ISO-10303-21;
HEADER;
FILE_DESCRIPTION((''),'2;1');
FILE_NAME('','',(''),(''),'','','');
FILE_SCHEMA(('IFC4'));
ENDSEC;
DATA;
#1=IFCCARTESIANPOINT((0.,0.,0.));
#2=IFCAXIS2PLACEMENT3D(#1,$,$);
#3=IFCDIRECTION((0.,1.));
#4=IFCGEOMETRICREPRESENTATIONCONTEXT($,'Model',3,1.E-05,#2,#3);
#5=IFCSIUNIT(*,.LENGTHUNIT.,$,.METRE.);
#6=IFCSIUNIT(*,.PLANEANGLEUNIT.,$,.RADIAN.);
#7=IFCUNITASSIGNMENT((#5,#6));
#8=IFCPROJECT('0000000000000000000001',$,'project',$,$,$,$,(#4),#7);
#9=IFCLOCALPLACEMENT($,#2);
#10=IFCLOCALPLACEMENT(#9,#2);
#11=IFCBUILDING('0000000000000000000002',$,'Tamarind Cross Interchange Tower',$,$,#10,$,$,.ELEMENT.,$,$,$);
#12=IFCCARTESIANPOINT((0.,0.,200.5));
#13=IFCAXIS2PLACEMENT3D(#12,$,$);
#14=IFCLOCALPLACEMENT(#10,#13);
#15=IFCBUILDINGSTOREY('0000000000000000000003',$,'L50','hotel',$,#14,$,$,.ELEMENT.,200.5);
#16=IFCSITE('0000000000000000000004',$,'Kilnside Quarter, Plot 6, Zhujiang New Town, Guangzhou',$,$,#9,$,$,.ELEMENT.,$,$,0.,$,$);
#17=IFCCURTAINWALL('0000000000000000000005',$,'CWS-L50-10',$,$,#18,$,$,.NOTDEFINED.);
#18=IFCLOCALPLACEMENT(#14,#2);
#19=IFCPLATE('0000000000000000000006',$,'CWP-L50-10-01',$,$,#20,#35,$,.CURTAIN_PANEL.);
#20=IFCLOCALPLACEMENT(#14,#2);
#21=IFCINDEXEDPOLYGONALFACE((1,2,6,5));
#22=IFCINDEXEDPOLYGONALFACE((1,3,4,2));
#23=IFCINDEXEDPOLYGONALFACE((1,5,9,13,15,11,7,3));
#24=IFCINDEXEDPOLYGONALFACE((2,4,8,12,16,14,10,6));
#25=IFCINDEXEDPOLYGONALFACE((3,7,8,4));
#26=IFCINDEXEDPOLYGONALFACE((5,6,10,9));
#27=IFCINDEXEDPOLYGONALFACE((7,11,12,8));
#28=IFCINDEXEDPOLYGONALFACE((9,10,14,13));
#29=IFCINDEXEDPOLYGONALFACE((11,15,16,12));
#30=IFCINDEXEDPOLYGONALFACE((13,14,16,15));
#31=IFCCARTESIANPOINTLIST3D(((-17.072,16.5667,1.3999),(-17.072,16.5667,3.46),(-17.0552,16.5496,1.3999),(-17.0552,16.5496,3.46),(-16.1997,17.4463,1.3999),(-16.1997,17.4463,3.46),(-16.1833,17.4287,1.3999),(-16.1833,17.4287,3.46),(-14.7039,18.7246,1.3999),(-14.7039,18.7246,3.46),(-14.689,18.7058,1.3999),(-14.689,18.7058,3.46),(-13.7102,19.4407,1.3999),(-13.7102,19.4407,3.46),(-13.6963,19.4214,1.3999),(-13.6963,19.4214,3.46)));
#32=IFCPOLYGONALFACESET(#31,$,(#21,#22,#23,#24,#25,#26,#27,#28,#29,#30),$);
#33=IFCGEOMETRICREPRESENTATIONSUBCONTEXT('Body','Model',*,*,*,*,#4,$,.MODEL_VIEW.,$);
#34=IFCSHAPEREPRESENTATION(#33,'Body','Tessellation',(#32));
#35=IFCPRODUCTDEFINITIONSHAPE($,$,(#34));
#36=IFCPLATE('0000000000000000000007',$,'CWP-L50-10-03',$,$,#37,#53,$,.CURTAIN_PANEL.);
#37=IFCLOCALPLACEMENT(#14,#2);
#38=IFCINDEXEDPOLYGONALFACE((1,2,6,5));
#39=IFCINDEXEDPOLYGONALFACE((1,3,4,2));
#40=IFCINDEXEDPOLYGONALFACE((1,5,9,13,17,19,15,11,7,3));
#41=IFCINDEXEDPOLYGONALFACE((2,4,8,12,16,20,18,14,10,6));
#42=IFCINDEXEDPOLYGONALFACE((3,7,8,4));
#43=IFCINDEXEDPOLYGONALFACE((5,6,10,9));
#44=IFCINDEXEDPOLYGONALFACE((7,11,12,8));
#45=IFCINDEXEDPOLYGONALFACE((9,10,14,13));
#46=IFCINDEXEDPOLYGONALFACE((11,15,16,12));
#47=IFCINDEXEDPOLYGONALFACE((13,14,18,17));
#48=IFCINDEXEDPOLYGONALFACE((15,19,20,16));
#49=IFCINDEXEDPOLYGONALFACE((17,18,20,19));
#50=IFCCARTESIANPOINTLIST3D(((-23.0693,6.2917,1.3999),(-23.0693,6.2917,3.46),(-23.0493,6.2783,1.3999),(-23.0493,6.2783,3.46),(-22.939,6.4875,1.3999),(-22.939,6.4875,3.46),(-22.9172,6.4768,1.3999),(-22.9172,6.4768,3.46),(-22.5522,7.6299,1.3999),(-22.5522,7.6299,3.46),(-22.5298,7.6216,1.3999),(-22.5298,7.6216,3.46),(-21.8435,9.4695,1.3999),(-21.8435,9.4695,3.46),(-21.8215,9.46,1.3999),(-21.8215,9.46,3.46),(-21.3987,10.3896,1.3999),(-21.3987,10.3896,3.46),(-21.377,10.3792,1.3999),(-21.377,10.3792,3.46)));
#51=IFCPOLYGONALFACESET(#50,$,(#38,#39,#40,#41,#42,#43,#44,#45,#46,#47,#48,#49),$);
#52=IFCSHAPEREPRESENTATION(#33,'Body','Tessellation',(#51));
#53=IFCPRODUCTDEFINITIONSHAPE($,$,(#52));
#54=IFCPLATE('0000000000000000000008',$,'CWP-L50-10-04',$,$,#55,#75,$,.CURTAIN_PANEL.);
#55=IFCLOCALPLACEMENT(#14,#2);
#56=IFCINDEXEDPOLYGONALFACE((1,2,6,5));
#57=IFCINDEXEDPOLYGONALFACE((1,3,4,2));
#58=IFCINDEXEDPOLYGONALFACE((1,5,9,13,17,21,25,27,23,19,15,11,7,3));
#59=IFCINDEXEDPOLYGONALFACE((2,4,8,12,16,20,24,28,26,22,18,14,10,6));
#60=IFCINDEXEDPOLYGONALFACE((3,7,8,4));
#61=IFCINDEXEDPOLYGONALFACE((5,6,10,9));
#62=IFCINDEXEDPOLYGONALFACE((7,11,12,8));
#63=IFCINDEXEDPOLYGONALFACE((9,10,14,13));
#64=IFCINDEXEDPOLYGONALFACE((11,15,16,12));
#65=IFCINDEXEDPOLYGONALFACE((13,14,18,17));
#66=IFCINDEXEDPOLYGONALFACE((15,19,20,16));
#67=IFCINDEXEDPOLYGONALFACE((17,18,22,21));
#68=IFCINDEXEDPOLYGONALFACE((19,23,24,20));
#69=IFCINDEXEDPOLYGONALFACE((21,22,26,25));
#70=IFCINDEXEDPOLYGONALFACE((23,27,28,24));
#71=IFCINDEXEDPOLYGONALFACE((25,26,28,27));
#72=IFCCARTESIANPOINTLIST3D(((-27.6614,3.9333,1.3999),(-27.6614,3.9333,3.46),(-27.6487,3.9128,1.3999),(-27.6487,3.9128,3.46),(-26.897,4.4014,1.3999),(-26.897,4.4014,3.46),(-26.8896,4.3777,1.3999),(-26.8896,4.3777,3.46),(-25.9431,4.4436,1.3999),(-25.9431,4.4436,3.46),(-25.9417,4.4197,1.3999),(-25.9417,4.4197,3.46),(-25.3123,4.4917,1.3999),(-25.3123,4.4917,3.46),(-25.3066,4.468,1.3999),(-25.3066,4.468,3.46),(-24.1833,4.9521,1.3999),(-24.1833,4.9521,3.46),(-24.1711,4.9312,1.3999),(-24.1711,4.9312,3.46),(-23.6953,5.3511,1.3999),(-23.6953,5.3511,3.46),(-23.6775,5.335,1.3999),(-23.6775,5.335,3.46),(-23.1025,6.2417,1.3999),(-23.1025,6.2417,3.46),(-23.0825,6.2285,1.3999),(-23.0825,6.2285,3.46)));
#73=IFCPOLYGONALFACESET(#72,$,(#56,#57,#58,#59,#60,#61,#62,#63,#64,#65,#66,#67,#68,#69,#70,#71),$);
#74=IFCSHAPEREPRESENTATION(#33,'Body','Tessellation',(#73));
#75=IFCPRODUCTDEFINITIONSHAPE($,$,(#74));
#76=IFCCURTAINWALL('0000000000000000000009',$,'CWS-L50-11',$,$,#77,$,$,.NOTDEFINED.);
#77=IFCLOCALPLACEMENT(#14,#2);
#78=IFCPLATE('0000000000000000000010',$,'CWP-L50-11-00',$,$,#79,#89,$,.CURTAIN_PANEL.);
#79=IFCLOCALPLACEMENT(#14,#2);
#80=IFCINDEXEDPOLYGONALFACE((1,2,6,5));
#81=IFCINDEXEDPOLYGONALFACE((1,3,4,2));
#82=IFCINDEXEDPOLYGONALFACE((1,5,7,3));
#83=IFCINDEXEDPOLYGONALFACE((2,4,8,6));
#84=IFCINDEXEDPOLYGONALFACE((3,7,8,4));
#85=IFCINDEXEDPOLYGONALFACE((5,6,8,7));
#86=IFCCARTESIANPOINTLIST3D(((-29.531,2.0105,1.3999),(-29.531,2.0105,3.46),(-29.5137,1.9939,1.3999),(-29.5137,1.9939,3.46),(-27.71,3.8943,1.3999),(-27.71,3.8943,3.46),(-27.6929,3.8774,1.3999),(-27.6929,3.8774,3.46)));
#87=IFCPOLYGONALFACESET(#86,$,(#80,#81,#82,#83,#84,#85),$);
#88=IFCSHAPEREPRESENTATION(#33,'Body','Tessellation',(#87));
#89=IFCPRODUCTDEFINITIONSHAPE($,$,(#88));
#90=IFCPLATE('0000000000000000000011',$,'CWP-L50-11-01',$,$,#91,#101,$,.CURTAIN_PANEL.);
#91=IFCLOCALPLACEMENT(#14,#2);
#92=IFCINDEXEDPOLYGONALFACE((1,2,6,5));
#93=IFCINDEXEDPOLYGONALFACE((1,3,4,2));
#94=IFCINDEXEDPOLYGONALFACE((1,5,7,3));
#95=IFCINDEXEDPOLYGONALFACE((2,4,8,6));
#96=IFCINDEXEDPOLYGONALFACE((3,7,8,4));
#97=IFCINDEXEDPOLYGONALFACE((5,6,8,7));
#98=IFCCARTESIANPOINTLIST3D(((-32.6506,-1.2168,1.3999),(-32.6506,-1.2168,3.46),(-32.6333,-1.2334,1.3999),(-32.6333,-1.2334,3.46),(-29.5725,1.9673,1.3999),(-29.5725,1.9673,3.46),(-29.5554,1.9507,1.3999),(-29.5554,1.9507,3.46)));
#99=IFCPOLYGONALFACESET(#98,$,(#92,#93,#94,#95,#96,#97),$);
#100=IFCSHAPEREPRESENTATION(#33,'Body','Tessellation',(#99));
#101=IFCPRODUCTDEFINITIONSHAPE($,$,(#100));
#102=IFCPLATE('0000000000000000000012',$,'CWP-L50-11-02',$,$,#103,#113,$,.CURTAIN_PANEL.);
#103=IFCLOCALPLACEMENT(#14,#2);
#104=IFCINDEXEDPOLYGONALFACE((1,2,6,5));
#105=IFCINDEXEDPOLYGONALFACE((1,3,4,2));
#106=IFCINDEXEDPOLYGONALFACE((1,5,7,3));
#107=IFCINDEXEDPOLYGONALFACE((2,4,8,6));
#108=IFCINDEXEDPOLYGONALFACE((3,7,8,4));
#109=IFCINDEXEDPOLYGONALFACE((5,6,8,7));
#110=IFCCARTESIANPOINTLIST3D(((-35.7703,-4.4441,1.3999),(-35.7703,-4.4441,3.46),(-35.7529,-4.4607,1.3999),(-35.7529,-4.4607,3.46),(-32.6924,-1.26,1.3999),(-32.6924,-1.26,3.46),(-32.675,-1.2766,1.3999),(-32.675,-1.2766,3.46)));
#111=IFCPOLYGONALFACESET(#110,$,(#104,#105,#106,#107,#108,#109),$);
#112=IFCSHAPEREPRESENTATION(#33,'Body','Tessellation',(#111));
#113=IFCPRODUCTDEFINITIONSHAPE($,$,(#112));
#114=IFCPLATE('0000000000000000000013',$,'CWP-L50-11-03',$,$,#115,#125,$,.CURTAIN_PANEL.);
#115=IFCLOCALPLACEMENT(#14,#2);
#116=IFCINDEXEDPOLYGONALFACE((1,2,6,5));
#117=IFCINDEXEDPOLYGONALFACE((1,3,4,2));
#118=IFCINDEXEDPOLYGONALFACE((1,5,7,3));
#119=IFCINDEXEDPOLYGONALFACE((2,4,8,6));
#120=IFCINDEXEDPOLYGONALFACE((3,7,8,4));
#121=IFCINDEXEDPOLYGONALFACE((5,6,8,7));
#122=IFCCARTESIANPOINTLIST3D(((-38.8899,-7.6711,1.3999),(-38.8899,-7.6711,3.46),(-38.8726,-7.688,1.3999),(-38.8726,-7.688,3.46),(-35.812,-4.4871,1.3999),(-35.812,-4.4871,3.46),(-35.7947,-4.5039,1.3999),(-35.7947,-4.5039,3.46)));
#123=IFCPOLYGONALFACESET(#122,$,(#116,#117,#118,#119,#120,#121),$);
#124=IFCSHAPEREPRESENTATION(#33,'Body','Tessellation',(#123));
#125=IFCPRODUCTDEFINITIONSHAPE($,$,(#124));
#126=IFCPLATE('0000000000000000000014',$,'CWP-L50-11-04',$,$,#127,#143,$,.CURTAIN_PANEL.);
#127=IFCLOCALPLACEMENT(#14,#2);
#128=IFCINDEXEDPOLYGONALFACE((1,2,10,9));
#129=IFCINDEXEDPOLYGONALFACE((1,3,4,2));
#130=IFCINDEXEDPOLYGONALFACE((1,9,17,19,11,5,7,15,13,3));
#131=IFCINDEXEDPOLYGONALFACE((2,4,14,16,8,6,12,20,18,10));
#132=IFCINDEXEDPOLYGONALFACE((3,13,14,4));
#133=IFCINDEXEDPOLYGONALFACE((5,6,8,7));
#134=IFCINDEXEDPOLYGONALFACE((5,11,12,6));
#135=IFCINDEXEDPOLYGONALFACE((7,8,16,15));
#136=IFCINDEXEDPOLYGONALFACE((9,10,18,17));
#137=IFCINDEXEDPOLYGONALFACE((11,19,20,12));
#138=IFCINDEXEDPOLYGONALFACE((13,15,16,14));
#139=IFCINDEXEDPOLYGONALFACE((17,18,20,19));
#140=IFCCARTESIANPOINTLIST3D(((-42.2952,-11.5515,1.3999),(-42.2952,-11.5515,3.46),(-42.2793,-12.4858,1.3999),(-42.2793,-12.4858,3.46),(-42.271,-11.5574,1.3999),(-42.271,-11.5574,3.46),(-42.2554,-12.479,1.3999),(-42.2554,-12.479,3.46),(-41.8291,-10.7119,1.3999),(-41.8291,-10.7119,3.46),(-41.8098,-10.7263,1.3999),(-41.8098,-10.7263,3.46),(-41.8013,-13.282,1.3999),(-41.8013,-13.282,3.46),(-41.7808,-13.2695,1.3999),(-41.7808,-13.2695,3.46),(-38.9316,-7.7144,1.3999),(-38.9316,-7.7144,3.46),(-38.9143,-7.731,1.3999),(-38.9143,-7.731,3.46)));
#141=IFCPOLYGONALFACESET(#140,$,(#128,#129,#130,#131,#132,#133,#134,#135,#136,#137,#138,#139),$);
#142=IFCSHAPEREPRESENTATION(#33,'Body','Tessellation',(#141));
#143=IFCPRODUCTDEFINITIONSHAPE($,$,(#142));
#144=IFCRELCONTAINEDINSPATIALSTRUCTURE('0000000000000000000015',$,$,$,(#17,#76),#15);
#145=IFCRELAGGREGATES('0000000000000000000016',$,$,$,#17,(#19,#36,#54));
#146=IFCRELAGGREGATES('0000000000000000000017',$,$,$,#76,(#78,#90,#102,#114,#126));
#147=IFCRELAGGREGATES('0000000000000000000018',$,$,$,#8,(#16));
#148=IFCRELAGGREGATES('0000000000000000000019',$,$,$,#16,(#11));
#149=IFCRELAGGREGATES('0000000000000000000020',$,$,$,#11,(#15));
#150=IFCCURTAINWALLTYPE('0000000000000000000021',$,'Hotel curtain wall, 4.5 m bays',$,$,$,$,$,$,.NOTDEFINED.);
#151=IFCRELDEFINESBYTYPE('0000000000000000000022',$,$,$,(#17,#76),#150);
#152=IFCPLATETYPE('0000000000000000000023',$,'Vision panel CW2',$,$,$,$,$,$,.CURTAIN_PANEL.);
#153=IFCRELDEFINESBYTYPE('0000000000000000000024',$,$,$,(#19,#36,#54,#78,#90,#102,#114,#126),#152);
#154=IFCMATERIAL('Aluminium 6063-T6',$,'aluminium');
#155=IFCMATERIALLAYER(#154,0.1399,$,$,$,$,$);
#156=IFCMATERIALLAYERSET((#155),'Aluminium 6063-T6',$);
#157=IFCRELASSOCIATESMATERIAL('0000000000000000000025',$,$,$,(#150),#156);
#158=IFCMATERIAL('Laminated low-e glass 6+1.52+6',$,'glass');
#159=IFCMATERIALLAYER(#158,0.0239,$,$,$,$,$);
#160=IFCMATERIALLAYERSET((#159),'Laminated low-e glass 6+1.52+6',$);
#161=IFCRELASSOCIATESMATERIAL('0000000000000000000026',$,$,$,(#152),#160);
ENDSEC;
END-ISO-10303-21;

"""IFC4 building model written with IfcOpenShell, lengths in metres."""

from ifc_helpers import new_model, si_unit, direction, frame, origin, place, context, subcontext, project, spatial, polyline, outline, extrude, material, layer, layer_set, type_object, element, aggregate, save


model = new_model("IFC4")

# Units and contexts
model_context = context("Model", 3, precision=1e-05, world=origin(), true_north=direction((0.0, 1.0)))
body_context = subcontext(model_context, "Body", "Model", "MODEL_VIEW")
ifc_project = project(units=[si_unit("LENGTHUNIT", "METRE"), si_unit("PLANEANGLEUNIT", "RADIAN")], contexts=[model_context])

# Site, building, storey
site_placement = place(None, origin())
site = spatial("IfcSite", under=ifc_project, at=site_placement, Name="Kilnside Quarter, Plot 6, Zhujiang New Town, Guangzhou", CompositionType="ELEMENT", RefElevation=0.0)
building_placement = place(site_placement, origin())
building = spatial("IfcBuilding", under=site, at=building_placement, Name="Tamarind Cross Interchange Tower", CompositionType="ELEMENT")
storey_placement = place(building_placement, frame((0.0, 0.0, 200.5)))
storey = spatial("IfcBuildingStorey", under=building, at=storey_placement, Name="L50", Description="hotel", CompositionType="ELEMENT", Elevation=200.5)

# Curtain walls, plates
ifc_material_1 = material(Name="Aluminium 6063-T6", Category="aluminium")
ifc_layer_1 = layer(ifc_material_1, 0.1399)
ifc_layer_set_1 = layer_set([ifc_layer_1], Name="Aluminium 6063-T6")
curtain_wall_type = type_object("IfcCurtainWallType", Name="Hotel curtain wall, 4.5 m bays", PredefinedType="NOTDEFINED", material=ifc_layer_set_1)
ifc_material_2 = material(Name="Laminated low-e glass 6+1.52+6", Category="glass")
ifc_layer_2 = layer(ifc_material_2, 0.0239)
ifc_layer_set_2 = layer_set([ifc_layer_2], Name="Laminated low-e glass 6+1.52+6")
plate_type = type_object("IfcPlateType", Name="Vision panel CW2", PredefinedType="CURTAIN_PANEL", material=ifc_layer_set_2)
curtain_wall_1_placement = place(storey_placement, origin())
curtain_wall_1 = element("IfcCurtainWall", 1, at=curtain_wall_1_placement, inside=storey, type_object=curtain_wall_type, Name="CWS-L50-10", PredefinedType="NOTDEFINED")
plate_1_placement = place(storey_placement, frame((0.0, 0.0, 1.3999)))
plate_1 = element("IfcPlate", 2, at=plate_1_placement, type_object=plate_type, Name="CWP-L50-10-01", PredefinedType="CURTAIN_PANEL", context=body_context, shape_type="SweptSolid", body=[
    extrude(outline(polyline([(-13.6963, 19.4214), (-14.689, 18.7058), (-16.1833, 17.4287), (-17.0552, 16.5496), (-17.072, 16.5667), (-16.1997, 17.4463), (-14.7039, 18.7246), (-13.7102, 19.4407), (-13.6963, 19.4214)])), origin(), (0.0, 0.0, 1.0), 2.0601),
])
plate_2_placement = place(storey_placement, frame((0.0, 0.0, 1.3999)))
plate_2 = element("IfcPlate", 3, at=plate_2_placement, type_object=plate_type, Name="CWP-L50-10-03", PredefinedType="CURTAIN_PANEL", context=body_context, shape_type="SweptSolid", body=[
    extrude(outline(polyline([(-21.377, 10.3792), (-21.8215, 9.46), (-22.5298, 7.6216), (-22.9172, 6.4768), (-23.0493, 6.2783), (-23.0693, 6.2917), (-22.939, 6.4875), (-22.5522, 7.6299), (-21.8435, 9.4695), (-21.3987, 10.3896), (-21.377, 10.3792)])), origin(), (0.0, 0.0, 1.0), 2.0601),
])
plate_3_placement = place(storey_placement, frame((0.0, 0.0, 1.3999)))
plate_3 = element("IfcPlate", 4, at=plate_3_placement, type_object=plate_type, Name="CWP-L50-10-04", PredefinedType="CURTAIN_PANEL", context=body_context, shape_type="SweptSolid", body=[
    extrude(outline(polyline([(-23.0825, 6.2285), (-23.6775, 5.335), (-24.1711, 4.9312), (-25.3066, 4.468), (-25.9417, 4.4197), (-26.8896, 4.3777), (-27.6487, 3.9128), (-27.6614, 3.9333), (-26.897, 4.4014), (-25.9431, 4.4436), (-25.3123, 4.4917), (-24.1833, 4.9521), (-23.6953, 5.3511), (-23.1025, 6.2417), (-23.0825, 6.2285)])), origin(), (0.0, 0.0, 1.0), 2.0601),
])
aggregate(curtain_wall_1, [plate_1, plate_2, plate_3])
curtain_wall_2_placement = place(storey_placement, origin())
curtain_wall_2 = element("IfcCurtainWall", 5, at=curtain_wall_2_placement, inside=storey, type_object=curtain_wall_type, Name="CWS-L50-11", PredefinedType="NOTDEFINED")
plate_4_placement = place(storey_placement, frame((0.0, 0.0, 1.3999)))
plate_4 = element("IfcPlate", 6, at=plate_4_placement, type_object=plate_type, Name="CWP-L50-11-00", PredefinedType="CURTAIN_PANEL", context=body_context, shape_type="SweptSolid", body=[
    extrude(outline(polyline([(-27.6929, 3.8774), (-29.5137, 1.9939), (-29.531, 2.0105), (-27.71, 3.8943), (-27.6929, 3.8774)])), origin(), (0.0, 0.0, 1.0), 2.0601),
])
plate_5_placement = place(storey_placement, frame((0.0, 0.0, 1.3999)))
plate_5 = element("IfcPlate", 7, at=plate_5_placement, type_object=plate_type, Name="CWP-L50-11-01", PredefinedType="CURTAIN_PANEL", context=body_context, shape_type="SweptSolid", body=[
    extrude(outline(polyline([(-29.5554, 1.9507), (-32.6333, -1.2334), (-32.6506, -1.2168), (-29.5725, 1.9673), (-29.5554, 1.9507)])), origin(), (0.0, 0.0, 1.0), 2.0601),
])
plate_6_placement = place(storey_placement, frame((0.0, 0.0, 1.3999)))
plate_6 = element("IfcPlate", 8, at=plate_6_placement, type_object=plate_type, Name="CWP-L50-11-02", PredefinedType="CURTAIN_PANEL", context=body_context, shape_type="SweptSolid", body=[
    extrude(outline(polyline([(-32.675, -1.2766), (-35.7529, -4.4607), (-35.7703, -4.4441), (-32.6924, -1.26), (-32.675, -1.2766)])), origin(), (0.0, 0.0, 1.0), 2.0601),
])
plate_7_placement = place(storey_placement, frame((0.0, 0.0, 1.3999)))
plate_7 = element("IfcPlate", 9, at=plate_7_placement, type_object=plate_type, Name="CWP-L50-11-03", PredefinedType="CURTAIN_PANEL", context=body_context, shape_type="SweptSolid", body=[
    extrude(outline(polyline([(-35.7947, -4.5039), (-38.8726, -7.688), (-38.8899, -7.6711), (-35.812, -4.4871), (-35.7947, -4.5039)])), origin(), (0.0, 0.0, 1.0), 2.0601),
])
plate_8_placement = place(storey_placement, frame((0.0, 0.0, 1.3999)))
plate_8 = element("IfcPlate", 10, at=plate_8_placement, type_object=plate_type, Name="CWP-L50-11-04", PredefinedType="CURTAIN_PANEL", context=body_context, shape_type="SweptSolid", body=[
    extrude(outline(polyline([(-38.9143, -7.731), (-41.8098, -10.7263), (-42.271, -11.5574), (-42.2554, -12.479), (-41.7808, -13.2695), (-41.8013, -13.282), (-42.2793, -12.4858), (-42.2952, -11.5515), (-41.8291, -10.7119), (-38.9316, -7.7144), (-38.9143, -7.731)])), origin(), (0.0, 0.0, 1.0), 2.0601),
])
aggregate(curtain_wall_2, [plate_4, plate_5, plate_6, plate_7, plate_8])

save(model, "model.ifc")
